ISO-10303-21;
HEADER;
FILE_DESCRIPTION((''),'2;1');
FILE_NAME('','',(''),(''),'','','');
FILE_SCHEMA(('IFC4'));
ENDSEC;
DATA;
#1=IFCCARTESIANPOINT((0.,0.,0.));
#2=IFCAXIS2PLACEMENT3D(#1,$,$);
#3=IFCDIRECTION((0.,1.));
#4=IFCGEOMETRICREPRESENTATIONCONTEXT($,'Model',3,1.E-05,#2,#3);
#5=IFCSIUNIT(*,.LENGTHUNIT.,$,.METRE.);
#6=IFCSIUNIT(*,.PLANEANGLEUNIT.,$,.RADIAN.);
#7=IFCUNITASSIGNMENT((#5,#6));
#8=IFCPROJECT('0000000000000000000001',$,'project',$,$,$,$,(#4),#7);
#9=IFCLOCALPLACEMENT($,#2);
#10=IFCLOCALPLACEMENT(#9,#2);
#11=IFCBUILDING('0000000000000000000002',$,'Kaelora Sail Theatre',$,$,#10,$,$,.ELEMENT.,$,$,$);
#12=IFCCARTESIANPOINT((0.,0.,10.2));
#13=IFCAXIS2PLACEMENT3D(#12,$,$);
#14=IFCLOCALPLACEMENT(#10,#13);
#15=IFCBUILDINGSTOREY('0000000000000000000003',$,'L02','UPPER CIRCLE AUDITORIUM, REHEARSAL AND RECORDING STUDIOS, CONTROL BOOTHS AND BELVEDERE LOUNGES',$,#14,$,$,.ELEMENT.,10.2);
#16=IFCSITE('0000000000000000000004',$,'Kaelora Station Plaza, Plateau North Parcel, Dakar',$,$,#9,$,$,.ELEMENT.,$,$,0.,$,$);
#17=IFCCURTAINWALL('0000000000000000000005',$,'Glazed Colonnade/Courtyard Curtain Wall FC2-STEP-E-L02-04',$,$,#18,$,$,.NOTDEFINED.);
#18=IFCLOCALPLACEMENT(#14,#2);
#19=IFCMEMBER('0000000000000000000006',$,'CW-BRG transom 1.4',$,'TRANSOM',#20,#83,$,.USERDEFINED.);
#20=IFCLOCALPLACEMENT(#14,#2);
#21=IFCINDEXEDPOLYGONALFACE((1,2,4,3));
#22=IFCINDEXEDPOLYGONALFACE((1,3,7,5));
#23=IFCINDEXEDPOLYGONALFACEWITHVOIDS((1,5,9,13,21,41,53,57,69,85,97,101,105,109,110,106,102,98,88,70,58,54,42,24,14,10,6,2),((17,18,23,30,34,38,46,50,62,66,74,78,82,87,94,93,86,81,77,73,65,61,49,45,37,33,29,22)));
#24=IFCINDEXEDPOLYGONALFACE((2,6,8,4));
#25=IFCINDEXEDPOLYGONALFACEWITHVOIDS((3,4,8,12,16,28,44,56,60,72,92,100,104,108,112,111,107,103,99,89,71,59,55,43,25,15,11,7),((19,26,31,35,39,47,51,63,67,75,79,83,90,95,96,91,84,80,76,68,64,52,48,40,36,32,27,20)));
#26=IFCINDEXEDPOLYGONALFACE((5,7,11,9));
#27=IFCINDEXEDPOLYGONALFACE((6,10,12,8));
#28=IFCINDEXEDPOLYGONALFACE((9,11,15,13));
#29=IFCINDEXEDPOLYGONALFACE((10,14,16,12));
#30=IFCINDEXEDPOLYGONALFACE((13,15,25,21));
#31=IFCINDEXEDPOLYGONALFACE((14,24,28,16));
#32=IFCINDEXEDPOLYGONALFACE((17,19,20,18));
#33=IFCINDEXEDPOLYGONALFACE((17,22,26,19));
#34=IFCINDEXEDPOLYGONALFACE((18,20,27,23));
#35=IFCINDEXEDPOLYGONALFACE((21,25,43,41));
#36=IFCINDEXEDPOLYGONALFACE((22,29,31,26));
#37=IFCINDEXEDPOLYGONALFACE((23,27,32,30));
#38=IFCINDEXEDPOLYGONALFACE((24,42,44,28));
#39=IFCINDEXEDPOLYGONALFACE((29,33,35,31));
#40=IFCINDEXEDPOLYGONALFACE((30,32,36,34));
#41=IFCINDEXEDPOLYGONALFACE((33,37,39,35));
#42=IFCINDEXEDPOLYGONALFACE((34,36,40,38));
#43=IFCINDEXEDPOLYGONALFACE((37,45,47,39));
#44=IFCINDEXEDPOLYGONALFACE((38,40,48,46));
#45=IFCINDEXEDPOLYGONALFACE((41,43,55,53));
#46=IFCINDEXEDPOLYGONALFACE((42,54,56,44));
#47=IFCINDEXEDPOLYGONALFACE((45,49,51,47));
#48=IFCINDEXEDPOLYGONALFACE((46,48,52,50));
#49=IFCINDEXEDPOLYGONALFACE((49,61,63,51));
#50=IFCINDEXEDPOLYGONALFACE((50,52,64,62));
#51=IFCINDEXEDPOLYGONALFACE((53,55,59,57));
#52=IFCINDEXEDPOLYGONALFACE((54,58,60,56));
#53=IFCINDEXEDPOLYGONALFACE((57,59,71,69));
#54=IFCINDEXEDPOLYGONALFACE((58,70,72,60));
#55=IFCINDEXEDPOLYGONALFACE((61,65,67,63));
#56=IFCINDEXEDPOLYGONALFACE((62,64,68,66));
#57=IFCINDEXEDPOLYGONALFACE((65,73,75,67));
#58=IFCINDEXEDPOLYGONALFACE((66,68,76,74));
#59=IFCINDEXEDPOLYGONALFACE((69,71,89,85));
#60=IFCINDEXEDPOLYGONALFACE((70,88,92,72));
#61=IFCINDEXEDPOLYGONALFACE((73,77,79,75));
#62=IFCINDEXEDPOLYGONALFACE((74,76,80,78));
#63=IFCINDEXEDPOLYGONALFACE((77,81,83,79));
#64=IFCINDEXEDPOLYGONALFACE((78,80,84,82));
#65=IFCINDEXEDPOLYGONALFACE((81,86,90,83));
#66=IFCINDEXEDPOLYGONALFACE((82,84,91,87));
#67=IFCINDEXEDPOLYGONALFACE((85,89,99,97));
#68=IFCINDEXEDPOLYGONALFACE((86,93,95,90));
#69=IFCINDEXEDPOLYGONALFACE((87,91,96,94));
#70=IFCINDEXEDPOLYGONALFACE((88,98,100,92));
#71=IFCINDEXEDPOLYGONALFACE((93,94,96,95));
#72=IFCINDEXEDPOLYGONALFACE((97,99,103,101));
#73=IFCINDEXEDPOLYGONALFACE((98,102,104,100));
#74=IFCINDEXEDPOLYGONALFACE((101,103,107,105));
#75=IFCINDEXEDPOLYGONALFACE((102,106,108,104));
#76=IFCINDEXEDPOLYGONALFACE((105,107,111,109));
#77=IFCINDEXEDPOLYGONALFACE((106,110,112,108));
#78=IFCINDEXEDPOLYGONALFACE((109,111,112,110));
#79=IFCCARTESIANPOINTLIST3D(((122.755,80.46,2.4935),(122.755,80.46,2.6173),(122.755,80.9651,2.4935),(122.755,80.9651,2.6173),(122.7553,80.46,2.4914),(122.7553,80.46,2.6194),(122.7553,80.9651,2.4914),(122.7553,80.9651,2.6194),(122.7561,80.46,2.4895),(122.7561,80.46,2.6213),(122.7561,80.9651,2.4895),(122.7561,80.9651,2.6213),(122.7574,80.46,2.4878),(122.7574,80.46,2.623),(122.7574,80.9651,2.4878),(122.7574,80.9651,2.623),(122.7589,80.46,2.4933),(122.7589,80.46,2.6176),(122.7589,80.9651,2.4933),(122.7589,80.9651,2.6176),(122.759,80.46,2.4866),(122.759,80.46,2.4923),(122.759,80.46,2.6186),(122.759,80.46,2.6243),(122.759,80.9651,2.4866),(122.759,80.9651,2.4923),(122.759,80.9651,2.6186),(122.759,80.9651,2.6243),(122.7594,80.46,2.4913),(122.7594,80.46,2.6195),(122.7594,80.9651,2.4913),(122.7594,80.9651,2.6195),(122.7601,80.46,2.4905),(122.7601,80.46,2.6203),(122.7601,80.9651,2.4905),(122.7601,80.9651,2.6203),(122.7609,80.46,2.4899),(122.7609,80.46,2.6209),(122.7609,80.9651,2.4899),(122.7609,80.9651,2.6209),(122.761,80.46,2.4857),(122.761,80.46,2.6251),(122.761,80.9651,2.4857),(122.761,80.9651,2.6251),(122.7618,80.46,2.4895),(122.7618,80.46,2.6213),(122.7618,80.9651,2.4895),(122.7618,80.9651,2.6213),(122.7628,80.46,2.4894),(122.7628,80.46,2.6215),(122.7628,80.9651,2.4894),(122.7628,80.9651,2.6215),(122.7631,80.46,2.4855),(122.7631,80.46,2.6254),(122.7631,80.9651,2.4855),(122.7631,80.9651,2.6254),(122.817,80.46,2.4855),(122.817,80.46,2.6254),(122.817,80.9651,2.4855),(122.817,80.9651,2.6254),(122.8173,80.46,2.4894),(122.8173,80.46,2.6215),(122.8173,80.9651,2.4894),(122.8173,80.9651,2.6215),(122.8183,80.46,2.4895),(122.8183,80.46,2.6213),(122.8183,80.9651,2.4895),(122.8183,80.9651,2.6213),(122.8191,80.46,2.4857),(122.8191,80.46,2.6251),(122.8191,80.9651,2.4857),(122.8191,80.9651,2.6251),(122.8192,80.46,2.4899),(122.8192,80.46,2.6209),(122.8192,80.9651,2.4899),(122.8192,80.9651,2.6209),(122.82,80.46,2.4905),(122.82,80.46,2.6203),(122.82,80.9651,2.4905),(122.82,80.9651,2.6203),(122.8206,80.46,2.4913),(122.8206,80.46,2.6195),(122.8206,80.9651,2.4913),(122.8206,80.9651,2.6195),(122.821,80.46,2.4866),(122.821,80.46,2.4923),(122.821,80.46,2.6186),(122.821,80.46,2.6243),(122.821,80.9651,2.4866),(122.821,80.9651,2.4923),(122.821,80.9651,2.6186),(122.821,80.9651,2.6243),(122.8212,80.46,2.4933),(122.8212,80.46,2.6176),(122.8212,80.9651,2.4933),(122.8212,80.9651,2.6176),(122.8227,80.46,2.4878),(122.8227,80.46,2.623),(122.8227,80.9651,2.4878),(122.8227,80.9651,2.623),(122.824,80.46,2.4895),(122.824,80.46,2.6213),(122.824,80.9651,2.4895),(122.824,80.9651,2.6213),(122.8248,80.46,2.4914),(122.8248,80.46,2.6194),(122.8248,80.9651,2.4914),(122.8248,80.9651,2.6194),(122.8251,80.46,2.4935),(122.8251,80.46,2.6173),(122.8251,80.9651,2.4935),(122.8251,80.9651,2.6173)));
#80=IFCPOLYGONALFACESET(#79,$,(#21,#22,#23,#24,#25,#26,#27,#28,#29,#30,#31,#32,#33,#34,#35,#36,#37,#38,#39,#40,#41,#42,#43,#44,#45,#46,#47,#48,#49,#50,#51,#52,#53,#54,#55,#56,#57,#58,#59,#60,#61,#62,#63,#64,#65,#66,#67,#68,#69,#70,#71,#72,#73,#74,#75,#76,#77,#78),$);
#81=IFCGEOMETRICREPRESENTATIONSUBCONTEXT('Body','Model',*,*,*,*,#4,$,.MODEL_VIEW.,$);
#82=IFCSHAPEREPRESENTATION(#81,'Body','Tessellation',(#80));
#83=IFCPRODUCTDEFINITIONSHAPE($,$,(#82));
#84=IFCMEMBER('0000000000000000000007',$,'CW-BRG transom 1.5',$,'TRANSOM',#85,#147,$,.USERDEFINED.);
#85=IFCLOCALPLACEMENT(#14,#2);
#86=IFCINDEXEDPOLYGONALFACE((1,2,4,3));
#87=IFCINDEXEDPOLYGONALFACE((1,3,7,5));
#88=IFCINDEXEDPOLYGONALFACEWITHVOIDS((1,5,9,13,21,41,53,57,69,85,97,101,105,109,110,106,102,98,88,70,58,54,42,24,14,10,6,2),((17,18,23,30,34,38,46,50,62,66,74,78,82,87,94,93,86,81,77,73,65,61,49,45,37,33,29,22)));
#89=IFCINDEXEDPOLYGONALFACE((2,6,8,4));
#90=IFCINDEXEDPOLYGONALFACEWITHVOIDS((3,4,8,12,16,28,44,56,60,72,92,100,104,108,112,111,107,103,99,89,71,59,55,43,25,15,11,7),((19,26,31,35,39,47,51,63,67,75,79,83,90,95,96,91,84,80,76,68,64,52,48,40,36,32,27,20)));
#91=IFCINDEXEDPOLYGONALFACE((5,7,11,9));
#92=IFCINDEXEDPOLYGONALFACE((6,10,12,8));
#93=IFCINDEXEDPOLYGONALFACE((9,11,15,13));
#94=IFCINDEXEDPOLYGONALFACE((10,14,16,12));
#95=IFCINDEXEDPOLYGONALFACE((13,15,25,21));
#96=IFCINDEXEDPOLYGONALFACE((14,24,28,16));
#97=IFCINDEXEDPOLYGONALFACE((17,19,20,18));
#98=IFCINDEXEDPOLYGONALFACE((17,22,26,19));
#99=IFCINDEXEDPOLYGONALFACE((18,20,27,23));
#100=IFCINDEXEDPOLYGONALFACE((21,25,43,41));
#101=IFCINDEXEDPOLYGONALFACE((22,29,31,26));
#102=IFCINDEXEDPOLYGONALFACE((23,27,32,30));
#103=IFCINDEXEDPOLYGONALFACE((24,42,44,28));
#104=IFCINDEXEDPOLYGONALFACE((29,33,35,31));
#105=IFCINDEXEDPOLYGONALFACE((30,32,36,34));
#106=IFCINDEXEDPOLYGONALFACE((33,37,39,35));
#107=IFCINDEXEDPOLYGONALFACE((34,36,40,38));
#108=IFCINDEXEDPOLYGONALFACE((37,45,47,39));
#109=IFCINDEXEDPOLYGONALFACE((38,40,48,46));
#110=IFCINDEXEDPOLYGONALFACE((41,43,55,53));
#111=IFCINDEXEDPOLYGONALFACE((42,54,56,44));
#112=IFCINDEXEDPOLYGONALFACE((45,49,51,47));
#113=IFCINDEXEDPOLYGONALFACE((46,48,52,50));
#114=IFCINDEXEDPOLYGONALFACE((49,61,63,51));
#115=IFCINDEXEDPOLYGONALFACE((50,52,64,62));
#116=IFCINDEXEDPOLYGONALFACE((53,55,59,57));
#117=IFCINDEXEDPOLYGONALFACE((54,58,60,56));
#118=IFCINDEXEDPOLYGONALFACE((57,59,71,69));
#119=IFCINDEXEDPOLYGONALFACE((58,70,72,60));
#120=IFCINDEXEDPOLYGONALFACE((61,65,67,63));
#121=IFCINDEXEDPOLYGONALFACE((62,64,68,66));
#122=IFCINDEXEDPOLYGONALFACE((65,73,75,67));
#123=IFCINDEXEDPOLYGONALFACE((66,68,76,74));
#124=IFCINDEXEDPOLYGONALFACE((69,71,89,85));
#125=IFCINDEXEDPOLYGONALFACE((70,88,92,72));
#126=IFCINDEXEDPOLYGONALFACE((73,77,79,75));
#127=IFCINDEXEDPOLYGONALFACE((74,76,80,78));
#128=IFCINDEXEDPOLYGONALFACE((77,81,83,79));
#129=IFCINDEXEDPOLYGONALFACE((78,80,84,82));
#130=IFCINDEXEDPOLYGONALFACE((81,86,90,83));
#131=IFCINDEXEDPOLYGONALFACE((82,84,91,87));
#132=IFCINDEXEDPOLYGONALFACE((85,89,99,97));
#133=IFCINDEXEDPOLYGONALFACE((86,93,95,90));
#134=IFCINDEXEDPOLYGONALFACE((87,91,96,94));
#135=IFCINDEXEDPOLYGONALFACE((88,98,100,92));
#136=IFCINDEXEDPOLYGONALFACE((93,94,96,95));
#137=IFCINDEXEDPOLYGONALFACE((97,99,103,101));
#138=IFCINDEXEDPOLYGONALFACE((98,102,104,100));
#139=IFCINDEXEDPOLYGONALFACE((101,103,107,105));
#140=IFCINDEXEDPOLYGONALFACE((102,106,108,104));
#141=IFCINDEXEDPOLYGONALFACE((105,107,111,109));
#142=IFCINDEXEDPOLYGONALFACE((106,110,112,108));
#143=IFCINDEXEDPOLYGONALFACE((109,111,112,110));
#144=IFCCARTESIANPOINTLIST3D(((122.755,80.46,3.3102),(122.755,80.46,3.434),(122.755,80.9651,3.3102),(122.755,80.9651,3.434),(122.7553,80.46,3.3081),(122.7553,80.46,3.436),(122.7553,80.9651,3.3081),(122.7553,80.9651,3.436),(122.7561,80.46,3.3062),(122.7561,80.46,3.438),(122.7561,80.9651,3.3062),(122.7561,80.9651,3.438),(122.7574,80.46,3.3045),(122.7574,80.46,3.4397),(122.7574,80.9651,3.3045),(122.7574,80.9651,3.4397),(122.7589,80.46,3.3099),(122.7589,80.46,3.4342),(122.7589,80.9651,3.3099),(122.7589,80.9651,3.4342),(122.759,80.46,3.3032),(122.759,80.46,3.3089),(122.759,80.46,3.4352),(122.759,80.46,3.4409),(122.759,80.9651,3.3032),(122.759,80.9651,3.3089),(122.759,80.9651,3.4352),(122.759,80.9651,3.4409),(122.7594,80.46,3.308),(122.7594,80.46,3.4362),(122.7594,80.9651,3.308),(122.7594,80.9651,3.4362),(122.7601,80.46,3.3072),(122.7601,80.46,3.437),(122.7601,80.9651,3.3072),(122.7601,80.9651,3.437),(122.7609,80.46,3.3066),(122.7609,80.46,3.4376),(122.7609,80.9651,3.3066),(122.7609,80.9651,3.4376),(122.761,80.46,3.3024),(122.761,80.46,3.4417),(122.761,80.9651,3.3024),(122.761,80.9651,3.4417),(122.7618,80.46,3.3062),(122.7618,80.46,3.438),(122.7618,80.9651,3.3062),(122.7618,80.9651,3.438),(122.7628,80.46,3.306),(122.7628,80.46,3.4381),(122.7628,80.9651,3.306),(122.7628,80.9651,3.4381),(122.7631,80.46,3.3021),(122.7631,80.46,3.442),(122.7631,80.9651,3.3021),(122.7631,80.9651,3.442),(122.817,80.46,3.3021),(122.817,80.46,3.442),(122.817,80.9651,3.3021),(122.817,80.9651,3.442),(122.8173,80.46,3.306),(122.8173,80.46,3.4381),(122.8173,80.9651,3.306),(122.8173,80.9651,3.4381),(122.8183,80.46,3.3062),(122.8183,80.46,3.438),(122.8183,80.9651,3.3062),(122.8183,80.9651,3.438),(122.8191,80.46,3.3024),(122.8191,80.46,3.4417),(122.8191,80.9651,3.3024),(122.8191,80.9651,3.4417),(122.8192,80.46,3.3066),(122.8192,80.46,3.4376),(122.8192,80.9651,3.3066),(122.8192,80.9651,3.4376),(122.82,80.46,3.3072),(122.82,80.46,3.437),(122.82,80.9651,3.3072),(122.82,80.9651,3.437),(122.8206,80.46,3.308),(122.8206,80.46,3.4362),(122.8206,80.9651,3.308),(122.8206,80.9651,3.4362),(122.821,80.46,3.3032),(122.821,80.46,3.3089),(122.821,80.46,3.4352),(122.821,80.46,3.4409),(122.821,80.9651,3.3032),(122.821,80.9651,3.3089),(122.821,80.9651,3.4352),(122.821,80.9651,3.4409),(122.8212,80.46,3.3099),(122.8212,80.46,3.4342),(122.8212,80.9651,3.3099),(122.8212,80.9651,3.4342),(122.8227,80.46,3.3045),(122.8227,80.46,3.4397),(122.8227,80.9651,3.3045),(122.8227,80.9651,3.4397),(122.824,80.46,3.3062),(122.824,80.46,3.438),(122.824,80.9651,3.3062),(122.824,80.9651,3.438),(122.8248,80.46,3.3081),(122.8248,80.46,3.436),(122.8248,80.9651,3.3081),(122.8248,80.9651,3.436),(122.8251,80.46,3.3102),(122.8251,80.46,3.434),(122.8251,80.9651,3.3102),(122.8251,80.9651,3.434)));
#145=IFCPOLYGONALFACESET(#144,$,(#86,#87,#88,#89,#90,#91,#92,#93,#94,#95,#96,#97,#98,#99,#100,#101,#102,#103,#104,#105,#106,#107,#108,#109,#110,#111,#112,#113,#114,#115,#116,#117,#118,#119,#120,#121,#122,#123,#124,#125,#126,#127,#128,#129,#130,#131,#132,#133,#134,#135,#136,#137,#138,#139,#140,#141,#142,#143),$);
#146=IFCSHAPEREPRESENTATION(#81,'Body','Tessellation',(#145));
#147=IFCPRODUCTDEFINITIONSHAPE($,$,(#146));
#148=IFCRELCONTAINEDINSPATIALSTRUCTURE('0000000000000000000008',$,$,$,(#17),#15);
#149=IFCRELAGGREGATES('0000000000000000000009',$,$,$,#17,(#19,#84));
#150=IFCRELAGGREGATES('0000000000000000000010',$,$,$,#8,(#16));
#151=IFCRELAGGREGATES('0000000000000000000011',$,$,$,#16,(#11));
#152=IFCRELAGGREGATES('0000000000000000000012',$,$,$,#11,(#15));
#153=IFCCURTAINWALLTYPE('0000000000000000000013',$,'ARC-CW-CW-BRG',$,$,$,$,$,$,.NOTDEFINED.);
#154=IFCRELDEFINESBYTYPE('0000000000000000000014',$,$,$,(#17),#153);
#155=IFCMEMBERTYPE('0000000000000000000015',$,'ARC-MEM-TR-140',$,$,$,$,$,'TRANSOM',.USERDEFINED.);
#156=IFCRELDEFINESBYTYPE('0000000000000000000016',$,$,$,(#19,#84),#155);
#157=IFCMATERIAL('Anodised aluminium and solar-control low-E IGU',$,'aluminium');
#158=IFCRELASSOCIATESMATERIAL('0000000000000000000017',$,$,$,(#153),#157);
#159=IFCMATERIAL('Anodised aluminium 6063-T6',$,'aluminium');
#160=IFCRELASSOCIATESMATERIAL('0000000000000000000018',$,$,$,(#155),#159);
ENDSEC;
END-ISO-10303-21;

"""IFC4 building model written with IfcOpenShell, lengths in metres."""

from ifc_helpers import new_model, si_unit, direction, frame, origin, origin_2d, place, context, subcontext, project, spatial, hollow_rectangle, extrude, material, material_profile, profile_set, type_object, element, aggregate, save


model = new_model("IFC4")

# Units and contexts
model_context = context("Model", 3, precision=1e-05, world=origin(), true_north=direction((0.0, 1.0)))
body_context = subcontext(model_context, "Body", "Model", "MODEL_VIEW")
ifc_project = project(units=[si_unit("LENGTHUNIT", "METRE"), si_unit("PLANEANGLEUNIT", "RADIAN")], contexts=[model_context])

# Site, building, storey
site_placement = place(None, origin())
site = spatial("IfcSite", under=ifc_project, at=site_placement, Name="Kaelora Station Plaza, Plateau North Parcel, Dakar", CompositionType="ELEMENT", RefElevation=0.0)
building_placement = place(site_placement, origin())
building = spatial("IfcBuilding", under=site, at=building_placement, Name="Kaelora Sail Theatre", CompositionType="ELEMENT")
storey_placement = place(building_placement, frame((0.0, 0.0, 10.2)))
storey = spatial("IfcBuildingStorey", under=building, at=storey_placement, Name="L02", Description="UPPER CIRCLE AUDITORIUM, REHEARSAL AND RECORDING STUDIOS, CONTROL BOOTHS AND BELVEDERE LOUNGES", CompositionType="ELEMENT", Elevation=10.2)

# Curtain wall
ifc_material_1 = material(Name="Anodised aluminium and solar-control low-E IGU", Category="aluminium")
curtain_wall_type = type_object("IfcCurtainWallType", Name="ARC-CW-CW-BRG", PredefinedType="NOTDEFINED", material=ifc_material_1)
curtain_wall_1_placement = place(storey_placement, origin())
curtain_wall_1 = element("IfcCurtainWall", 1, at=curtain_wall_1_placement, inside=storey, type_object=curtain_wall_type, Name="Glazed Colonnade/Courtyard Curtain Wall FC2-STEP-E-L02-04", PredefinedType="NOTDEFINED")

# Members
ifc_material_2 = material(Name="Anodised aluminium 6063-T6", Category="aluminium")
ifc_material_profile_1 = material_profile(ifc_material_2, hollow_rectangle(XDim=0.0701, YDim=0.1399, WallThickness=0.0039, InnerFilletRadius=0.0039, OuterFilletRadius=0.0081, at=origin_2d()), Name="ALU-TRAN 70x140x4")
ifc_profile_set_1 = profile_set([ifc_material_profile_1], Name="Anodised aluminium 6063-T6")
member_type_1 = type_object("IfcMemberType", Name="ARC-MEM-TR-140", ElementType="TRANSOM", PredefinedType="USERDEFINED", material=ifc_profile_set_1)
member_1_placement = place(storey_placement, frame((122.79, 80.46, 2.5554), z_axis=(0.0, 1.0, 0.0), x_axis=(-1.0, 0.0, 0.0)))
member_1 = element("IfcMember", 2, at=member_1_placement, type_object=member_type_1, Name="CW-BRG transom 1.4", ObjectType="TRANSOM", PredefinedType="USERDEFINED", context=body_context, shape_type="SweptSolid", body=[
    extrude(hollow_rectangle(XDim=0.0701, YDim=0.1399, WallThickness=0.0039, InnerFilletRadius=0.0039, OuterFilletRadius=0.0081, at=origin_2d()), origin(), (0.0, 0.0, 1.0), 0.5051),
])
member_2_placement = place(storey_placement, frame((122.79, 80.46, 3.3721), z_axis=(0.0, 1.0, 0.0), x_axis=(-1.0, 0.0, 0.0)))
member_2 = element("IfcMember", 3, at=member_2_placement, type_object=member_type_1, Name="CW-BRG transom 1.5", ObjectType="TRANSOM", PredefinedType="USERDEFINED", context=body_context, shape_type="SweptSolid", body=[
    extrude(hollow_rectangle(XDim=0.0701, YDim=0.1399, WallThickness=0.0039, InnerFilletRadius=0.0039, OuterFilletRadius=0.0081, at=origin_2d()), origin(), (0.0, 0.0, 1.0), 0.5051),
])

aggregate(curtain_wall_1, [member_1, member_2])

save(model, "model.ifc")
